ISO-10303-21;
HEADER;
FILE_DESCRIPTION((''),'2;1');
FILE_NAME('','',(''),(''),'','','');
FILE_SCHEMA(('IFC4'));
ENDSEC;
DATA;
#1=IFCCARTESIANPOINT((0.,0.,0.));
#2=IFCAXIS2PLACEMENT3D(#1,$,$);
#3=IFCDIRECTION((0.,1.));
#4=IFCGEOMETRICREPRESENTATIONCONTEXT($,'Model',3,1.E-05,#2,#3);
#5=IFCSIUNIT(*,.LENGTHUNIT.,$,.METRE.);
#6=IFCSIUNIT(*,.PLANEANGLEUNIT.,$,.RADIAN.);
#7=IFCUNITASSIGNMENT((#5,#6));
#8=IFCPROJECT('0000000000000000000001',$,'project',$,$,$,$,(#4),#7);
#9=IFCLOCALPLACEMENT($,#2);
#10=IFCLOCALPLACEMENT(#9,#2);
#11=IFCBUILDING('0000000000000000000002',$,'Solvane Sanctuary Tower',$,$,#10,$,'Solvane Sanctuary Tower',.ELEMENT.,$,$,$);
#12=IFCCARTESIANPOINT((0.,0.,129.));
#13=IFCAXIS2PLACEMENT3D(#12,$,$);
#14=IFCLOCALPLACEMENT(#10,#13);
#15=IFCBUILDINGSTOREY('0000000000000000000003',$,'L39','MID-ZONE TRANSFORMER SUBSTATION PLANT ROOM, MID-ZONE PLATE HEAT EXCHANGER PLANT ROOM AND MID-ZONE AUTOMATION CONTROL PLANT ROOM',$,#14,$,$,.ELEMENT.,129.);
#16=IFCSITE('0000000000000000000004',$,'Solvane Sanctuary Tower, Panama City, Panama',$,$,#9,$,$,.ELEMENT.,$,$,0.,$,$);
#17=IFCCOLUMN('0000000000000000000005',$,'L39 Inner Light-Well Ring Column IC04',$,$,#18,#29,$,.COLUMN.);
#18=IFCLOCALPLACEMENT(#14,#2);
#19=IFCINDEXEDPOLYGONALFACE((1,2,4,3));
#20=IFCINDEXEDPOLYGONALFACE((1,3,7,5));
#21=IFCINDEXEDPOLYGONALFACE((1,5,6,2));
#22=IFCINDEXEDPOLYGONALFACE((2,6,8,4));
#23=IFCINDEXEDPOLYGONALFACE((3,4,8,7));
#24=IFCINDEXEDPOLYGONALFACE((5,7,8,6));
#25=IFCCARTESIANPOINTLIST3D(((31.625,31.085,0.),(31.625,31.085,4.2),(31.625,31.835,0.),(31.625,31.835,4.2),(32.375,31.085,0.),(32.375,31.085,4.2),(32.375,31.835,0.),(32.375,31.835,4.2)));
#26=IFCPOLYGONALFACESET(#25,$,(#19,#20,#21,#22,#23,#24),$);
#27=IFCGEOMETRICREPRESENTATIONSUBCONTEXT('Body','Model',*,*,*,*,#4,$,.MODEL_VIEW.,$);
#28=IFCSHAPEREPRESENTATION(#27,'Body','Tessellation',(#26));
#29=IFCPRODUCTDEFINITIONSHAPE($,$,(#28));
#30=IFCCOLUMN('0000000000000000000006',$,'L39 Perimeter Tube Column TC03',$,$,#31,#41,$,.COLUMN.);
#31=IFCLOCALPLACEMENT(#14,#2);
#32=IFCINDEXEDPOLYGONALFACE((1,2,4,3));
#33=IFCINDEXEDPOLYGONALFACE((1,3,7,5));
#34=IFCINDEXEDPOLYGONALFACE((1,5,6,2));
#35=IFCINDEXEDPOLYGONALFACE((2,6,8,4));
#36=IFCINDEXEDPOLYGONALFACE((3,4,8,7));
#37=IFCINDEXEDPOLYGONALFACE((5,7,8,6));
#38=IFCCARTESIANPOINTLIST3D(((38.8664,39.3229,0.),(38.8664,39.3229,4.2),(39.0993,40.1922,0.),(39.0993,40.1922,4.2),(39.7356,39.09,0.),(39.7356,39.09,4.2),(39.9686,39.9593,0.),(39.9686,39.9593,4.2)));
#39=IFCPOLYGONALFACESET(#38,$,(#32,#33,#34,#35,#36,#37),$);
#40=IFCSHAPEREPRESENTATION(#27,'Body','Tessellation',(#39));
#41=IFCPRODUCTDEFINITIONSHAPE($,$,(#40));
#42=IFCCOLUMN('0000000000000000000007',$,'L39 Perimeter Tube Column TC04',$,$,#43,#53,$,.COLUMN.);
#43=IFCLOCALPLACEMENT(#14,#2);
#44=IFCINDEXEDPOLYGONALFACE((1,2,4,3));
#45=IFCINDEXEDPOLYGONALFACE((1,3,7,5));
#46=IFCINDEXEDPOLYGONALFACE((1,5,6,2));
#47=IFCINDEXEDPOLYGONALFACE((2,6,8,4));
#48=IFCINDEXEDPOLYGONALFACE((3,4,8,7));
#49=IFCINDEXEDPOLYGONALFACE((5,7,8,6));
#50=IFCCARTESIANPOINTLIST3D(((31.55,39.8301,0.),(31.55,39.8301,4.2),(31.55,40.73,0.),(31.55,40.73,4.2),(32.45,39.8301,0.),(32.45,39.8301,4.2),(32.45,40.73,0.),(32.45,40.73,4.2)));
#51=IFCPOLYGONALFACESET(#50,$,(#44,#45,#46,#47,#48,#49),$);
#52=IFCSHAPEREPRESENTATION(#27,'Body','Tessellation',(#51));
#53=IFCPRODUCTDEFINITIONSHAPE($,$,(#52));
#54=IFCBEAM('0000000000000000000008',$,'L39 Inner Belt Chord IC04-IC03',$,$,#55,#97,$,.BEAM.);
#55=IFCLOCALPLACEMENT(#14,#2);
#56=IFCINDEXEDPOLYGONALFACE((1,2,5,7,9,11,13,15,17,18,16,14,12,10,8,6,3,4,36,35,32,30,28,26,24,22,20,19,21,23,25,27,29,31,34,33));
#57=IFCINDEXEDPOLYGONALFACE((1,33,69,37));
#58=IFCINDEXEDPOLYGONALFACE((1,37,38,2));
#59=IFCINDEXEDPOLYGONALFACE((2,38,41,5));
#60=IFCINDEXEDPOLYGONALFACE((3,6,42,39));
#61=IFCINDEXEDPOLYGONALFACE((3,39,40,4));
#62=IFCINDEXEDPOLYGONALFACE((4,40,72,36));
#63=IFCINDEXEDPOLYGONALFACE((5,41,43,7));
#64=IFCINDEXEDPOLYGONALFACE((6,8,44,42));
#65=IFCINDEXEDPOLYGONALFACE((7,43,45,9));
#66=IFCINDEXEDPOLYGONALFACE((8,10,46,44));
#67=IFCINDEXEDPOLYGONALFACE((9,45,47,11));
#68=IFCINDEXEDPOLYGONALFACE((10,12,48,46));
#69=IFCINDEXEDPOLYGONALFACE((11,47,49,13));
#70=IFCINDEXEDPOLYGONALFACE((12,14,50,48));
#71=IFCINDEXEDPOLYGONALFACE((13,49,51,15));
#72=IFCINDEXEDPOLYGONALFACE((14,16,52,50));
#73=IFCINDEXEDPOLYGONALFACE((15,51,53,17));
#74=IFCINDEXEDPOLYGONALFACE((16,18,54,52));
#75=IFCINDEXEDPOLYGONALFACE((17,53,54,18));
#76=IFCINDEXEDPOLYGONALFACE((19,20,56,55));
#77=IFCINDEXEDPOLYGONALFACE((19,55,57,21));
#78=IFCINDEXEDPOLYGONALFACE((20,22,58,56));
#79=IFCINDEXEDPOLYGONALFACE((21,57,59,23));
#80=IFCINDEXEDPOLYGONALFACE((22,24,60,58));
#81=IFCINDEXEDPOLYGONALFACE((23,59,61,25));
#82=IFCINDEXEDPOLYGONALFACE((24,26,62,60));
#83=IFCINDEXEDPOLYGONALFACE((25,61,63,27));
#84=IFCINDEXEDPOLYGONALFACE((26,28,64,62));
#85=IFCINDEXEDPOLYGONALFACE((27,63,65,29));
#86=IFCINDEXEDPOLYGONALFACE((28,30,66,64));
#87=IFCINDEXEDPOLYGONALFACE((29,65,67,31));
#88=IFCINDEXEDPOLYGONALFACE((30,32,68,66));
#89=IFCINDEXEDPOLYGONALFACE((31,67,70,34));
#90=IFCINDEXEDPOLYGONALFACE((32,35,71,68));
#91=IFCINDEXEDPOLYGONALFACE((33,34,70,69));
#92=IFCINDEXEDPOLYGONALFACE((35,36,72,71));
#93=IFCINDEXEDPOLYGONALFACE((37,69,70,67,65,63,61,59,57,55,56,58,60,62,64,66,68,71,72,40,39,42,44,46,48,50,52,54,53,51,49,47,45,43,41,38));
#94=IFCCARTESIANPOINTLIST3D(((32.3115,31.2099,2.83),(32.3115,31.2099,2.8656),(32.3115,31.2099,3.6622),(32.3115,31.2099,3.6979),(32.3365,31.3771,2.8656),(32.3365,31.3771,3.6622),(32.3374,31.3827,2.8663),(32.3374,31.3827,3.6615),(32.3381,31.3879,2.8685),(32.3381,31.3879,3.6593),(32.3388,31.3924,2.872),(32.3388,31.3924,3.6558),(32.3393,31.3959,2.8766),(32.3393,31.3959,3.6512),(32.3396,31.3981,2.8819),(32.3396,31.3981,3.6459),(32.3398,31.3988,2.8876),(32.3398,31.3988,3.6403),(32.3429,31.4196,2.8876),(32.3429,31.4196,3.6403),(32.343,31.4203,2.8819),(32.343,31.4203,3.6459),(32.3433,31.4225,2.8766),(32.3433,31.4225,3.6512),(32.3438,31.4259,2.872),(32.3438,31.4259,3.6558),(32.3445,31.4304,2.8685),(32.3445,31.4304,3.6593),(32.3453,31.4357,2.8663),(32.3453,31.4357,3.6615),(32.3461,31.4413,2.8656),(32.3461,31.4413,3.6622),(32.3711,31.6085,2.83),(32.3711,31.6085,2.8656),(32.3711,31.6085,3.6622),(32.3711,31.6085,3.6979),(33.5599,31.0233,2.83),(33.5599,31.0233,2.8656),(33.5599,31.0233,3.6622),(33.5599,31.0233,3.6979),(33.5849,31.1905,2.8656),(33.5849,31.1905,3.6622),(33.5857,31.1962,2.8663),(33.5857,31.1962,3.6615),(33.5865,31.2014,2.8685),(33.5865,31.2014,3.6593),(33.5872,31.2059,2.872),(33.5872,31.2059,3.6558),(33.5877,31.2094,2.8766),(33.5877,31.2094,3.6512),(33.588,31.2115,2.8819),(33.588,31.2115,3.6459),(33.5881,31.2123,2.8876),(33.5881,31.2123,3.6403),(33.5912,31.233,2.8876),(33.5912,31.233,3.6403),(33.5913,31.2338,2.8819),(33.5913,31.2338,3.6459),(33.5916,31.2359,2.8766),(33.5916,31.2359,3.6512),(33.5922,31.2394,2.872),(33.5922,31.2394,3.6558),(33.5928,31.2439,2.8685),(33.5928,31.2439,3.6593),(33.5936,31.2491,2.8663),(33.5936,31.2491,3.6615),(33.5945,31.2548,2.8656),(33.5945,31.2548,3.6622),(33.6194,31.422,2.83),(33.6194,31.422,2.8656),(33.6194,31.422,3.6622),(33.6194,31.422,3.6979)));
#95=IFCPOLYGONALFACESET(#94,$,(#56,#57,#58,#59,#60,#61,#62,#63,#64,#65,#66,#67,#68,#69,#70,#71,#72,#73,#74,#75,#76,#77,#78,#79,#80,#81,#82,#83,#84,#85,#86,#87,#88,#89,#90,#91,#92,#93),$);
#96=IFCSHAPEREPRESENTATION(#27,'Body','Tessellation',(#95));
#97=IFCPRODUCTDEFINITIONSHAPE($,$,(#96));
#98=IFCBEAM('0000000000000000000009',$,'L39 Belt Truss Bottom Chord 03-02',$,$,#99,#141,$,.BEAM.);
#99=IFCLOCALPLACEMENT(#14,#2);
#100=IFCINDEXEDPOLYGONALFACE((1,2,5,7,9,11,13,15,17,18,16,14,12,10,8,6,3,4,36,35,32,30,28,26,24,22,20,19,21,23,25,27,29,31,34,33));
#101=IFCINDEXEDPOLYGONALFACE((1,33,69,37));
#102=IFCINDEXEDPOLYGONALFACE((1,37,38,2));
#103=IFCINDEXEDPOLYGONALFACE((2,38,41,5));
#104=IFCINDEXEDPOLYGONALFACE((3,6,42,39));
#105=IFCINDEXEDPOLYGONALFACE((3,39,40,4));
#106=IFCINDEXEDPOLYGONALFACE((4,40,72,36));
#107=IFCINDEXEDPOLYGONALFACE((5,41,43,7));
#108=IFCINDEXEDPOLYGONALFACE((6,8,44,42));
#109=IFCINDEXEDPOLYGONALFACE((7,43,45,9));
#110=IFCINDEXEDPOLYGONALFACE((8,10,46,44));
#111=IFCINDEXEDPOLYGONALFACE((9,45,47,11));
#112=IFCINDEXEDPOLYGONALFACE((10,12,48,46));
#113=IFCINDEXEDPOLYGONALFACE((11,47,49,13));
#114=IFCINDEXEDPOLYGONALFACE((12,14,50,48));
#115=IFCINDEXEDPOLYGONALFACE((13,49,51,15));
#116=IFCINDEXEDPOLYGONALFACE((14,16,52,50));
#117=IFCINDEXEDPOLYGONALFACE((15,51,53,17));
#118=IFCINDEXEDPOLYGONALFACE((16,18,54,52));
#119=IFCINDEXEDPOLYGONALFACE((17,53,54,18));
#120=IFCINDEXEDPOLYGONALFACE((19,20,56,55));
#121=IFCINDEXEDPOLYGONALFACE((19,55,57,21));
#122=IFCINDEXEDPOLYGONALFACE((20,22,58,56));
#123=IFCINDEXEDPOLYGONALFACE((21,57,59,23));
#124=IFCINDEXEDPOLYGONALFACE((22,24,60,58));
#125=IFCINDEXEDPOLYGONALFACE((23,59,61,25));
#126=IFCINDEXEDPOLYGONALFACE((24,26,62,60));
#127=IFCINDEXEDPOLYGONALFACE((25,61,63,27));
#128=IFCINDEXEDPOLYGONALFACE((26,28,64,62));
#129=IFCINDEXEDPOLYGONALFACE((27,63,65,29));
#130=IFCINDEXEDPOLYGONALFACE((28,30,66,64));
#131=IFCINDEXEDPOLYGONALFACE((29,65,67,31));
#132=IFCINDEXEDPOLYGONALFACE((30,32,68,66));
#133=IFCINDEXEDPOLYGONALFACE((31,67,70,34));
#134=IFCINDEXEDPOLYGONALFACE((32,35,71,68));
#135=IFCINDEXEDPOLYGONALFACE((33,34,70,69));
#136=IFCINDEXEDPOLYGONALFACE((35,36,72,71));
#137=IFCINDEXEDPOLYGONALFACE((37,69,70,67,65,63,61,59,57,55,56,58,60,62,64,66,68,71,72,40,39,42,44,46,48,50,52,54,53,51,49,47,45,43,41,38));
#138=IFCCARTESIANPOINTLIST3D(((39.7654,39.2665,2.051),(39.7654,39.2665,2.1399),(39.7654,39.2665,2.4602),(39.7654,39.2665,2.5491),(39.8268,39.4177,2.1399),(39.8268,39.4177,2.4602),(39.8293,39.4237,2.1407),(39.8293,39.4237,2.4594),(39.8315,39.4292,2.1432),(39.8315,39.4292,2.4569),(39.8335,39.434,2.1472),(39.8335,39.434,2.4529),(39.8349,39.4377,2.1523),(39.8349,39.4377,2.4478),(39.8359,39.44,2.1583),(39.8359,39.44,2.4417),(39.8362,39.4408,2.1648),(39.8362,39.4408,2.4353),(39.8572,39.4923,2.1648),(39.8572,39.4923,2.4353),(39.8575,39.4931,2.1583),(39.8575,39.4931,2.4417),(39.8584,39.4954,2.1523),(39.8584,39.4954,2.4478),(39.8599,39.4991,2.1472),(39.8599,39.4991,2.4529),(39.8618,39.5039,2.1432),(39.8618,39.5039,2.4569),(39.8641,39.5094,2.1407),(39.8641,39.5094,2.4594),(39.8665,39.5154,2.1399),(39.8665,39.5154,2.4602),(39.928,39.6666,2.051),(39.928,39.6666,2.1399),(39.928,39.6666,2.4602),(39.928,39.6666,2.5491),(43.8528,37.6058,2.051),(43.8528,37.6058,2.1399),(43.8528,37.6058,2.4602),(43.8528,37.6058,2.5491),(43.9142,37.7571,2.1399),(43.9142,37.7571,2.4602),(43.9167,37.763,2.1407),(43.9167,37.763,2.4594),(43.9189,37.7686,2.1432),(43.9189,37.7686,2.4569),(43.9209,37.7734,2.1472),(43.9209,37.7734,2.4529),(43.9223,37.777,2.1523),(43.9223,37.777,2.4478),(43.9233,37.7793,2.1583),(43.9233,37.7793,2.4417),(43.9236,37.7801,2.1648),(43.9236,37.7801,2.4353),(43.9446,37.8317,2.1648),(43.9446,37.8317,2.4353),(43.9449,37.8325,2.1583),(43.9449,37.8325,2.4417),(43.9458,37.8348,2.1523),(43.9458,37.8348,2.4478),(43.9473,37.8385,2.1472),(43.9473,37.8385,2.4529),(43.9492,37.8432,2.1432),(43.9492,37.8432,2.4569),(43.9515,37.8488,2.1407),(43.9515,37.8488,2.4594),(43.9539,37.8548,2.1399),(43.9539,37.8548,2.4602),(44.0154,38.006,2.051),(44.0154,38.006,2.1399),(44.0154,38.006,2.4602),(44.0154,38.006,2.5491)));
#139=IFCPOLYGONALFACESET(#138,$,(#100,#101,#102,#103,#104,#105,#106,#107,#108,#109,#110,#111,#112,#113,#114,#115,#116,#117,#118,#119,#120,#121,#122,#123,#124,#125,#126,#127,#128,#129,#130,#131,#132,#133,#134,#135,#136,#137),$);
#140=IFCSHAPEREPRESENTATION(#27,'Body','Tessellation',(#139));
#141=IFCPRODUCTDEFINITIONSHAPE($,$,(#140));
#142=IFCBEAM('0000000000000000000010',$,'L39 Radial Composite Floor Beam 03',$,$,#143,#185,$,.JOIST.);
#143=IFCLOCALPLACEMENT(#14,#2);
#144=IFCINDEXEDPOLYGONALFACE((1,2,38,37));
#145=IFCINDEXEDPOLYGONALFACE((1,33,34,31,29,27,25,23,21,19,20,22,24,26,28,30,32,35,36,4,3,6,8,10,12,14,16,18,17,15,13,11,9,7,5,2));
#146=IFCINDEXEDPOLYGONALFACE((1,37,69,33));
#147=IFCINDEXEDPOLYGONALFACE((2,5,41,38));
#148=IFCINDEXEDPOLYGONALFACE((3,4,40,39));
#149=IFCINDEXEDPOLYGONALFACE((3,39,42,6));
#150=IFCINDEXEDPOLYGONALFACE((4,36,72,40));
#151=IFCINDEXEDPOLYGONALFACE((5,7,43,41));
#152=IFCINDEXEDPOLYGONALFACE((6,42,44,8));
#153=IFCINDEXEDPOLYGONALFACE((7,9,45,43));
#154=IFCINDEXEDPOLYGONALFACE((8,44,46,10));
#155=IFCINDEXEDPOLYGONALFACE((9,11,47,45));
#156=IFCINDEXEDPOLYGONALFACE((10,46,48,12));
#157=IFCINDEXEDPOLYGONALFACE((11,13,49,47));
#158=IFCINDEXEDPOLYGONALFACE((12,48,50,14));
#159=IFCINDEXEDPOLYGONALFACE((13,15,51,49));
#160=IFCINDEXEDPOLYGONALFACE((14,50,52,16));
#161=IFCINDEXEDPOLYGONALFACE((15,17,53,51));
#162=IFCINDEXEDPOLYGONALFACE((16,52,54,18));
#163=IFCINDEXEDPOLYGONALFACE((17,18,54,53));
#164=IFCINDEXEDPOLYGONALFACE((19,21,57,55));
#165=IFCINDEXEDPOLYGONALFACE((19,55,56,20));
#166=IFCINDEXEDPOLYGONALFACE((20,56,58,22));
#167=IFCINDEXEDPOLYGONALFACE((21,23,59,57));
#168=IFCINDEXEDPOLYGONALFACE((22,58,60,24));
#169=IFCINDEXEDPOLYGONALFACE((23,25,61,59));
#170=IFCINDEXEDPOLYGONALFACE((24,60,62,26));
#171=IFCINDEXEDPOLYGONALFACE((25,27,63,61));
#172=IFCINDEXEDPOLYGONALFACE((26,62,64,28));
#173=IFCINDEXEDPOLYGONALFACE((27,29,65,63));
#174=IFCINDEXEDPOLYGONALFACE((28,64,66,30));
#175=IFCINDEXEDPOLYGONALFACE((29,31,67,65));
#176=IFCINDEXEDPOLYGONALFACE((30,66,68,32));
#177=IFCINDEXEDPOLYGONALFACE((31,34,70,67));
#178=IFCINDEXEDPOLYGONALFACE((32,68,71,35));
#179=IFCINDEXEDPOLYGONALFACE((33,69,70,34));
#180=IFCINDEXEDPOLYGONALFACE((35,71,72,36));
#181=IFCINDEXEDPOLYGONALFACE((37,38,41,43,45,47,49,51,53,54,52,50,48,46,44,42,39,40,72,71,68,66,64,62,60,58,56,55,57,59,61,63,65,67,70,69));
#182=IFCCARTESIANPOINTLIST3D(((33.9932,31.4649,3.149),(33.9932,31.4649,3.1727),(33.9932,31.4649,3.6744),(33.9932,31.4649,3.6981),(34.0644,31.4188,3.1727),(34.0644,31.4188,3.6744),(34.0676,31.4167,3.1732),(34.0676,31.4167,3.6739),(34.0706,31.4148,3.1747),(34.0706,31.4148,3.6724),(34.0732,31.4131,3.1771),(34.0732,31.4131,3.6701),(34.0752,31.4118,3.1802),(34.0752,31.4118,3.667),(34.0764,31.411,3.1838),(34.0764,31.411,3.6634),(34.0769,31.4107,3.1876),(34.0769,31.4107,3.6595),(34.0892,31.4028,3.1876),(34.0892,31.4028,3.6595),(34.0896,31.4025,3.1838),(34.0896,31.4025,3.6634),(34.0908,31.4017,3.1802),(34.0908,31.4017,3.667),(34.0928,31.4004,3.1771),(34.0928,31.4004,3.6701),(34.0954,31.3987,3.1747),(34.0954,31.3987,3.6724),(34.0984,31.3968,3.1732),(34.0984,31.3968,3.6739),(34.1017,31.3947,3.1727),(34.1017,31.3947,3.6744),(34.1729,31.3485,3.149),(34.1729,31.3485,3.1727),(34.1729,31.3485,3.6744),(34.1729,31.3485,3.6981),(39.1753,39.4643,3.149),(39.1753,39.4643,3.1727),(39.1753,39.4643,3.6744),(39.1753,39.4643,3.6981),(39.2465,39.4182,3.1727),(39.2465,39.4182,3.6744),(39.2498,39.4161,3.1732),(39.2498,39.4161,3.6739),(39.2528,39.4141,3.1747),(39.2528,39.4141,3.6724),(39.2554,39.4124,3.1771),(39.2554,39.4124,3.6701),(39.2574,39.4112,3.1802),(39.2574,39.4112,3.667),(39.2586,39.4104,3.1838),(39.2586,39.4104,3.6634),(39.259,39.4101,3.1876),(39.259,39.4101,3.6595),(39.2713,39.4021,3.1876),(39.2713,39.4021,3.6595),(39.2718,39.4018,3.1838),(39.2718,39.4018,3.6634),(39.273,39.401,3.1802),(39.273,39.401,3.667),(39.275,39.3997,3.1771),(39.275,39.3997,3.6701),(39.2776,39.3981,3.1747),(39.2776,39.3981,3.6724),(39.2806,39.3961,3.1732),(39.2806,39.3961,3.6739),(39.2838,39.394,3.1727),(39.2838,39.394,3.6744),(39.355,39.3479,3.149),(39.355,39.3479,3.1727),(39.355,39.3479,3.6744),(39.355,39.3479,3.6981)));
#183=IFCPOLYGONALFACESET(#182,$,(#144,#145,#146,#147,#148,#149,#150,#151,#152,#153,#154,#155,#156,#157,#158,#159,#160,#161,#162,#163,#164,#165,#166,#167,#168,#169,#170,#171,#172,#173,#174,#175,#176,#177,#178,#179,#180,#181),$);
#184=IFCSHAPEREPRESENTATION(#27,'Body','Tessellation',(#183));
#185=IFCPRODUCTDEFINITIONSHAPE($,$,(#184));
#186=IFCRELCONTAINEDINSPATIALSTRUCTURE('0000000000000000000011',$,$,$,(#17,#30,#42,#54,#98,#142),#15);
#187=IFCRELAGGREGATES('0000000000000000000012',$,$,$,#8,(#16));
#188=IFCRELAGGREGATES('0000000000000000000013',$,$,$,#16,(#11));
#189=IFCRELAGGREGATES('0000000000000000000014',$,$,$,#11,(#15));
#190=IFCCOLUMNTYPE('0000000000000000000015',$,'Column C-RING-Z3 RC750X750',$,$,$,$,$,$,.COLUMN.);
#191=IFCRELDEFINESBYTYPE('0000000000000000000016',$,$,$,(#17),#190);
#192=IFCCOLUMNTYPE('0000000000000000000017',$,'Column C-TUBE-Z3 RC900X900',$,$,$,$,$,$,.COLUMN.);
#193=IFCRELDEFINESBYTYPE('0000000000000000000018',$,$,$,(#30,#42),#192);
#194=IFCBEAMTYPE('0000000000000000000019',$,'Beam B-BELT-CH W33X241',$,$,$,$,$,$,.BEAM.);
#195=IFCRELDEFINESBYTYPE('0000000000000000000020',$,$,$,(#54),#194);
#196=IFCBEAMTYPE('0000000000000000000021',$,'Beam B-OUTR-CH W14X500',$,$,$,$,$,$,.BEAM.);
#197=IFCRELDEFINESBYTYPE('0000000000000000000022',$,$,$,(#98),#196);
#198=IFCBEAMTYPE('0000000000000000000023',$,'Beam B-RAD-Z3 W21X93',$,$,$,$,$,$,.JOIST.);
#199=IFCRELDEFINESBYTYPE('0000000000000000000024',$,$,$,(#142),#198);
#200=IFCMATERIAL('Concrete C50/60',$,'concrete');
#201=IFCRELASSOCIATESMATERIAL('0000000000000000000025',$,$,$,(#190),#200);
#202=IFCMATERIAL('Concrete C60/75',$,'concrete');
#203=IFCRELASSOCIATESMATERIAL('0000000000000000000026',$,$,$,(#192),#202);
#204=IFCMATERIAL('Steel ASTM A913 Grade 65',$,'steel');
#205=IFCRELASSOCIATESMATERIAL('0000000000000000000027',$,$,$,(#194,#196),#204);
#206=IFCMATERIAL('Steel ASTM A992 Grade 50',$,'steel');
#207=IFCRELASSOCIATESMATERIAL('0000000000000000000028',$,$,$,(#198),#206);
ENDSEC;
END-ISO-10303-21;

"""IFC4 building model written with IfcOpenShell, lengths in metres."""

from ifc_helpers import new_model, si_unit, direction, frame, origin, origin_2d, place, context, subcontext, project, spatial, rectangle, i_section, extrude, material, material_profile, profile_set, type_object, element, save


model = new_model("IFC4")

# Units and contexts
model_context = context("Model", 3, precision=1e-05, world=origin(), true_north=direction((0.0, 1.0)))
body_context = subcontext(model_context, "Body", "Model", "MODEL_VIEW")
ifc_project = project(units=[si_unit("LENGTHUNIT", "METRE"), si_unit("PLANEANGLEUNIT", "RADIAN")], contexts=[model_context])

# Site, building, storey
site_placement = place(None, origin())
site = spatial("IfcSite", under=ifc_project, at=site_placement, Name="Solvane Sanctuary Tower, Panama City, Panama", CompositionType="ELEMENT", RefElevation=0.0)
building_placement = place(site_placement, origin())
building = spatial("IfcBuilding", under=site, at=building_placement, Name="Solvane Sanctuary Tower", LongName="Solvane Sanctuary Tower", CompositionType="ELEMENT")
storey_placement = place(building_placement, frame((0.0, 0.0, 129.0)))
storey = spatial("IfcBuildingStorey", under=building, at=storey_placement, Name="L39", Description="MID-ZONE TRANSFORMER SUBSTATION PLANT ROOM, MID-ZONE PLATE HEAT EXCHANGER PLANT ROOM AND MID-ZONE AUTOMATION CONTROL PLANT ROOM", CompositionType="ELEMENT", Elevation=129.0)

# Columns
ifc_material_1 = material(Name="Concrete C50/60", Category="concrete")
ifc_material_profile_1 = material_profile(ifc_material_1, rectangle(XDim=0.75, YDim=0.75, at=origin_2d()), Name="RC750X750")
ifc_profile_set_1 = profile_set([ifc_material_profile_1], Name="Concrete C50/60")
column_type_1 = type_object("IfcColumnType", Name="Column C-RING-Z3 RC750X750", PredefinedType="COLUMN", material=ifc_profile_set_1)
column_placement = place(storey_placement, frame((32.0, 31.46, 0.0), z_axis=(0.0, 0.0, 1.0), x_axis=(1.0, 0.0, 0.0)))
element("IfcColumn", 1, at=column_placement, inside=storey, type_object=column_type_1, Name="L39 Inner Light-Well Ring Column IC04", PredefinedType="COLUMN", context=body_context, shape_type="SweptSolid", body=[
    extrude(rectangle(XDim=0.75, YDim=0.75, at=origin_2d()), origin(), (0.0, 0.0, 1.0), 4.2),
])
ifc_material_2 = material(Name="Concrete C60/75", Category="concrete")
ifc_material_profile_2 = material_profile(ifc_material_2, rectangle(XDim=0.8999, YDim=0.8999, at=origin_2d()), Name="RC900X900")
ifc_profile_set_2 = profile_set([ifc_material_profile_2], Name="Concrete C60/75")
column_type_2 = type_object("IfcColumnType", Name="Column C-TUBE-Z3 RC900X900", PredefinedType="COLUMN", material=ifc_profile_set_2)
for number, where, z_axis, x_axis, name in (
    (2, (39.4175, 39.6411, 0.0), (0.0, 0.0, 1.0), (0.258819, 0.965926, 0.0), "L39 Perimeter Tube Column TC03"),
    (3, (32.0, 40.28, 0.0), (0.0, 0.0, 1.0), (0.0, 1.0, 0.0), "L39 Perimeter Tube Column TC04"),
):
    element("IfcColumn", number, at=place(storey_placement, frame(where, z_axis=z_axis, x_axis=x_axis)), inside=storey, type_object=column_type_2, Name=name, PredefinedType="COLUMN", context=body_context, shape_type="SweptSolid", body=[
        extrude(rectangle(XDim=0.8999, YDim=0.8999, at=origin_2d()), origin(), (0.0, 0.0, 1.0), 4.2),
    ])

# Beams
ifc_material_3 = material(Name="Steel ASTM A913 Grade 65", Category="steel")
ifc_material_profile_3 = material_profile(ifc_material_3, i_section(OverallWidth=0.4031, OverallDepth=0.8679, WebThickness=0.021, FlangeThickness=0.0356, FilletRadius=0.022, at=origin_2d()), Name="W33X241")
ifc_profile_set_3 = profile_set([ifc_material_profile_3], Name="Steel ASTM A913 Grade 65")
beam_type_1 = type_object("IfcBeamType", Name="Beam B-BELT-CH W33X241", PredefinedType="BEAM", material=ifc_profile_set_3)
beam_1_placement = place(storey_placement, frame((32.3413, 31.4092, 3.2639), z_axis=(0.98902, -0.147782, 0.0), x_axis=(0.147782, 0.98902, 0.0)))
element("IfcBeam", 4, at=beam_1_placement, inside=storey, type_object=beam_type_1, Name="L39 Inner Belt Chord IC04-IC03", PredefinedType="BEAM", context=body_context, shape_type="SweptSolid", body=[
    extrude(i_section(OverallWidth=0.4031, OverallDepth=0.8679, WebThickness=0.021, FlangeThickness=0.0356, FilletRadius=0.022, at=origin_2d()), origin(), (0.0, 0.0, 1.0), 1.2622),
])
ifc_material_profile_4 = material_profile(ifc_material_3, i_section(OverallWidth=0.4319, OverallDepth=0.498, WebThickness=0.0557, FlangeThickness=0.0889, FilletRadius=0.0249, at=origin_2d()), Name="W14X500")
ifc_profile_set_4 = profile_set([ifc_material_profile_4], Name="Steel ASTM A913 Grade 65")
beam_type_2 = type_object("IfcBeamType", Name="Beam B-OUTR-CH W14X500", PredefinedType="BEAM", material=ifc_profile_set_4)
beam_2_placement = place(storey_placement, frame((39.8467, 39.4666, 2.3), z_axis=(0.926456, -0.376404, 0.0), x_axis=(0.376404, 0.926456, 0.0)))
element("IfcBeam", 5, at=beam_2_placement, inside=storey, type_object=beam_type_2, Name="L39 Belt Truss Bottom Chord 03-02", PredefinedType="BEAM", context=body_context, shape_type="SweptSolid", body=[
    extrude(i_section(OverallWidth=0.4319, OverallDepth=0.498, WebThickness=0.0557, FlangeThickness=0.0889, FilletRadius=0.0249, at=origin_2d()), origin(), (0.0, 0.0, 1.0), 4.4119),
])
ifc_material_4 = material(Name="Steel ASTM A992 Grade 50", Category="steel")
ifc_material_profile_5 = material_profile(ifc_material_4, i_section(OverallWidth=0.2141, OverallDepth=0.5491, WebThickness=0.0146, FlangeThickness=0.0237, FilletRadius=0.0149, at=origin_2d()), Name="W21X93")
ifc_profile_set_5 = profile_set([ifc_material_profile_5], Name="Steel ASTM A992 Grade 50")
beam_type_3 = type_object("IfcBeamType", Name="Beam B-RAD-Z3 W21X93", PredefinedType="JOIST", material=ifc_profile_set_5)
beam_3_placement = place(storey_placement, frame((34.083, 31.4067, 3.4236), z_axis=(0.543705, 0.839277, 0.0), x_axis=(-0.839277, 0.543705, 0.0)))
element("IfcBeam", 6, at=beam_3_placement, inside=storey, type_object=beam_type_3, Name="L39 Radial Composite Floor Beam 03", PredefinedType="JOIST", context=body_context, shape_type="SweptSolid", body=[
    extrude(i_section(OverallWidth=0.2141, OverallDepth=0.5491, WebThickness=0.0146, FlangeThickness=0.0237, FilletRadius=0.0149, at=origin_2d()), origin(), (0.0, 0.0, 1.0), 9.5312),
])

save(model, "model.ifc")
